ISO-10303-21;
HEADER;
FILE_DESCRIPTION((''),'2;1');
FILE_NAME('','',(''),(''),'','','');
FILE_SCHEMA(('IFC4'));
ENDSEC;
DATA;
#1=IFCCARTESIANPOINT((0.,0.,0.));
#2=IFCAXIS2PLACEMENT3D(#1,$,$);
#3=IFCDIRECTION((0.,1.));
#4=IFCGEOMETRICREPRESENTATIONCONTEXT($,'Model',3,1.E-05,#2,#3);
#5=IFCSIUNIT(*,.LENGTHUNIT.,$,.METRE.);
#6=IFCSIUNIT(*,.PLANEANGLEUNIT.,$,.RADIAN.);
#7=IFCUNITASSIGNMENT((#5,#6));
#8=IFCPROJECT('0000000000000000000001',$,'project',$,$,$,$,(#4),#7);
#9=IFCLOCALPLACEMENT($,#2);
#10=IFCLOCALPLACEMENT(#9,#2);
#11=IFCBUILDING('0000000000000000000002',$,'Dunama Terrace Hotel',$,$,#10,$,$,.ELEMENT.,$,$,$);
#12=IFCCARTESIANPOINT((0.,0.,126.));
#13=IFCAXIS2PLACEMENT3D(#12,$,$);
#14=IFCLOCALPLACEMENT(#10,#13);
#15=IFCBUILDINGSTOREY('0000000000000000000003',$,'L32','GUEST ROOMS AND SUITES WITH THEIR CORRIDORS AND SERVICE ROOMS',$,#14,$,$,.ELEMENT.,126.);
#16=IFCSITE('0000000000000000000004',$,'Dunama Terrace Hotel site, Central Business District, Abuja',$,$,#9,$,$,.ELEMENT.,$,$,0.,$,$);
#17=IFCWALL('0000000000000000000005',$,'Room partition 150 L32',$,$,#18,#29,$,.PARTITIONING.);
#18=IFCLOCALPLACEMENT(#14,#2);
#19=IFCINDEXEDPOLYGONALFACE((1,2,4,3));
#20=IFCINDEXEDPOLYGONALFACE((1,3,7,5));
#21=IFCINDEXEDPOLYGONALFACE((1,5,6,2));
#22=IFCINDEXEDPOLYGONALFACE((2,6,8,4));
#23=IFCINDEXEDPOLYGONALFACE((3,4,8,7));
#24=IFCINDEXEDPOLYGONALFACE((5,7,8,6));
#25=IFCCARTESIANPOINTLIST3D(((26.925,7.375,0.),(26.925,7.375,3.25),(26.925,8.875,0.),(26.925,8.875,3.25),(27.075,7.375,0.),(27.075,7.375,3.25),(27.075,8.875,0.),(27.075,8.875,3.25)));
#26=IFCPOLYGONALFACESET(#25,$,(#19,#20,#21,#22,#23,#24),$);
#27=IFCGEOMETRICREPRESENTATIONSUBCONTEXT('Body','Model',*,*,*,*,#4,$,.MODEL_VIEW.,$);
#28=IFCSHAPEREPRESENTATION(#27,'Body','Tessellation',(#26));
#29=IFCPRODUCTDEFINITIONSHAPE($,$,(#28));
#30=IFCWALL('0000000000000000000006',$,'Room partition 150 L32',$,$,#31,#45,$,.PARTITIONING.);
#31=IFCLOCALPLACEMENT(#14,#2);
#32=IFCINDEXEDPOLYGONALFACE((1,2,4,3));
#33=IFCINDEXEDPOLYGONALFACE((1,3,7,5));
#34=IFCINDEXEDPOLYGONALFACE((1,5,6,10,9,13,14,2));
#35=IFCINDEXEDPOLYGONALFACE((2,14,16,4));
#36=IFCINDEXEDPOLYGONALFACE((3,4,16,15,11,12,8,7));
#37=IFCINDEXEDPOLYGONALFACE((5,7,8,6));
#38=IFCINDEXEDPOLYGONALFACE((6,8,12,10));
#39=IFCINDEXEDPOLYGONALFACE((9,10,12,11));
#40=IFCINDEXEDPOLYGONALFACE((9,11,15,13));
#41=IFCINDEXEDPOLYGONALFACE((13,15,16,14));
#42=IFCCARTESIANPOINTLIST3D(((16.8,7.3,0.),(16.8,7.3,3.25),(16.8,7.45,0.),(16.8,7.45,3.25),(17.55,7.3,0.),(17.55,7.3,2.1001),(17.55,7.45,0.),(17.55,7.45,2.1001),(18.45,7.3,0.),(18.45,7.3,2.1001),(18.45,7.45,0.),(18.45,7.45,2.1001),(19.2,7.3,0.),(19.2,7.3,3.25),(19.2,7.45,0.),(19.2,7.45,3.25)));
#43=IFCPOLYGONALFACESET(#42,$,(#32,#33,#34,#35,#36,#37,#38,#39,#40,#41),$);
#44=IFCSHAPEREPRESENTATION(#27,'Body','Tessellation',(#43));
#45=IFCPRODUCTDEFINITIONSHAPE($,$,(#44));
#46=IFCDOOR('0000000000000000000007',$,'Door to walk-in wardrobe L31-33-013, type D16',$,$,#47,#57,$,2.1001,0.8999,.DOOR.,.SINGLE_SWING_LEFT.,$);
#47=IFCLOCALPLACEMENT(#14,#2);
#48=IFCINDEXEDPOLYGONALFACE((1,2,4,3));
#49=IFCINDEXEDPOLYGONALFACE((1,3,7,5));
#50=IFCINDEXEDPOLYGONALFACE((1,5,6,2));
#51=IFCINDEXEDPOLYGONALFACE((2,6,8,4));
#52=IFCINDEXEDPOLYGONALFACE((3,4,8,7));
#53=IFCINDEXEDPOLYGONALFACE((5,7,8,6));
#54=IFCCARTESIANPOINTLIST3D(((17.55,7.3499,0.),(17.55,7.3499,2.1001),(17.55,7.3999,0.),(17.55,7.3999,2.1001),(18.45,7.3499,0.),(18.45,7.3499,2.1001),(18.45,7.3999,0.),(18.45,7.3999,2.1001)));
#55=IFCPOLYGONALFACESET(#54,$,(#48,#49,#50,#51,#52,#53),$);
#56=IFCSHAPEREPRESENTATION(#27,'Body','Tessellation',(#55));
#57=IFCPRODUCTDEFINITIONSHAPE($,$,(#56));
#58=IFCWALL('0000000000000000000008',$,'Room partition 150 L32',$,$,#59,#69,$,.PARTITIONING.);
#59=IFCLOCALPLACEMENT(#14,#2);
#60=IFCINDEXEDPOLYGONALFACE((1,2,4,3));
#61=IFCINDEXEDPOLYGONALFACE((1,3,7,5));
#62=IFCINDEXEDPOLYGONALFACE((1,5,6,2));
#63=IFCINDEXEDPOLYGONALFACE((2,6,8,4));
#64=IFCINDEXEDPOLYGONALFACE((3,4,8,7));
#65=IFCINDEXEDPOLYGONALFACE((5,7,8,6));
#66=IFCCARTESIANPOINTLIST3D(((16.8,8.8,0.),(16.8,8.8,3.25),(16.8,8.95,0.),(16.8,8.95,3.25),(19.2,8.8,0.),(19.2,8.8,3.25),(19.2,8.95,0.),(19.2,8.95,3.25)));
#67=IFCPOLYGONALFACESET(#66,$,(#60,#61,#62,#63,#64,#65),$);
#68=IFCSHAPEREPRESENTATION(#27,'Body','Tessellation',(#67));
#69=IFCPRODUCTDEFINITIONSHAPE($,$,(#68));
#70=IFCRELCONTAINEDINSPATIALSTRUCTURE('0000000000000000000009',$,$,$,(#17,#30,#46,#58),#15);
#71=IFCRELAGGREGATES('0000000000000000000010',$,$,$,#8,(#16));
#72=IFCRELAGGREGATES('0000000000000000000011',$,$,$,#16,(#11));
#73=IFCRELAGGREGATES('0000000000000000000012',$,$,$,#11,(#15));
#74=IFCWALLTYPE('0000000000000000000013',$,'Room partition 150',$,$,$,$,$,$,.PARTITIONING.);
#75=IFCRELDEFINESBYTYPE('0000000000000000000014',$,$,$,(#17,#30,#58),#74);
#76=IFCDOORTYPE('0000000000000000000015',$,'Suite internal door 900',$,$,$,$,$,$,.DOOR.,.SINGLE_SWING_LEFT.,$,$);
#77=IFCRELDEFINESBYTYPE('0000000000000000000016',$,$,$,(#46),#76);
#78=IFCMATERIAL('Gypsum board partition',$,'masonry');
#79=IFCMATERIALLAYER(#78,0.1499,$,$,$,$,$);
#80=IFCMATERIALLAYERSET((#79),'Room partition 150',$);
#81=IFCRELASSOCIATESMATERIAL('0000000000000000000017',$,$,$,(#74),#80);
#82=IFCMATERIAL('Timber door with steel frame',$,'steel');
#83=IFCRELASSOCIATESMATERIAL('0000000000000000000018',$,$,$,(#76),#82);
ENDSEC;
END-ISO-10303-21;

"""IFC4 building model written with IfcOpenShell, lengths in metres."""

from ifc_helpers import new_model, si_unit, direction, frame, frame_2d, origin, place, context, subcontext, project, spatial, rectangle, extrude, material, layer, layer_set, type_object, element, fill, save


model = new_model("IFC4")

# Units and contexts
model_context = context("Model", 3, precision=1e-05, world=origin(), true_north=direction((0.0, 1.0)))
body_context = subcontext(model_context, "Body", "Model", "MODEL_VIEW")
ifc_project = project(units=[si_unit("LENGTHUNIT", "METRE"), si_unit("PLANEANGLEUNIT", "RADIAN")], contexts=[model_context])

# Site, building, storey
site_placement = place(None, origin())
site = spatial("IfcSite", under=ifc_project, at=site_placement, Name="Dunama Terrace Hotel site, Central Business District, Abuja", CompositionType="ELEMENT", RefElevation=0.0)
building_placement = place(site_placement, origin())
building = spatial("IfcBuilding", under=site, at=building_placement, Name="Dunama Terrace Hotel", CompositionType="ELEMENT")
storey_placement = place(building_placement, frame((0.0, 0.0, 126.0)))
storey = spatial("IfcBuildingStorey", under=building, at=storey_placement, Name="L32", Description="GUEST ROOMS AND SUITES WITH THEIR CORRIDORS AND SERVICE ROOMS", CompositionType="ELEMENT", Elevation=126.0)

# Wall
ifc_material_1 = material(Name="Gypsum board partition", Category="masonry")
ifc_layer_1 = layer(ifc_material_1, 0.1499)
ifc_layer_set_1 = layer_set([ifc_layer_1], Name="Room partition 150")
wall_type_1 = type_object("IfcWallType", Name="Room partition 150", PredefinedType="PARTITIONING", material=ifc_layer_set_1)
for number, where, z_axis, x_axis, name in (
    (1, (27.0, 7.375, 0.0), (0.0, 0.0, 1.0), (0.0, 1.0, 0.0), "Room partition 150 L32"),
):
    element("IfcWall", number, at=place(storey_placement, frame(where, z_axis=z_axis, x_axis=x_axis)), inside=storey, type_object=wall_type_1, Name=name, PredefinedType="PARTITIONING", context=body_context, shape_type="SweptSolid", body=[
        extrude(rectangle(XDim=1.5, YDim=0.1499, at=frame_2d((0.75, 0.0))), origin(), (0.0, 0.0, 1.0), 3.25),
    ])

# Wall, opening, door
wall_1_placement = place(storey_placement, frame((16.8, 7.375, 0.0), z_axis=(0.0, 0.0, 1.0), x_axis=(1.0, 0.0, 0.0)))
wall_1 = element("IfcWall", 2, at=wall_1_placement, inside=storey, type_object=wall_type_1, Name="Room partition 150 L32", PredefinedType="PARTITIONING", context=body_context, shape_type="SweptSolid", body=[
    extrude(rectangle(XDim=2.3999, YDim=0.1499, at=frame_2d((1.2, 0.0))), origin(), (0.0, 0.0, 1.0), 3.25),
])
opening_1_placement = place(wall_1_placement, frame((0.75, 0.0, 0.0)))
opening_1 = element("IfcOpeningElement", 3, at=opening_1_placement, cuts=wall_1, PredefinedType="OPENING", context=body_context, shape_type="SweptSolid", body=[
    extrude(rectangle(XDim=0.8999, YDim=2.1001, at=frame_2d((0.45, 1.05))), frame((0.0, 0.085, 0.0), z_axis=(0.0, -1.0, 0.0), x_axis=(1.0, 0.0, 0.0)), (0.0, 0.0, 1.0), 0.1699),
])
ifc_material_2 = material(Name="Timber door with steel frame", Category="steel")
door_type_1 = type_object("IfcDoorType", Name="Suite internal door 900", OperationType="SINGLE_SWING_LEFT", PredefinedType="DOOR", material=ifc_material_2)
door_1_placement = place(opening_1_placement, origin())
door_1 = element("IfcDoor", 4, at=door_1_placement, inside=storey, type_object=door_type_1, Name="Door to walk-in wardrobe L31-33-013, type D16", OperationType="SINGLE_SWING_LEFT", OverallHeight=2.1001, OverallWidth=0.8999, PredefinedType="DOOR", context=body_context, shape_type="SweptSolid", body=[
    extrude(rectangle(XDim=0.8999, YDim=2.1001, at=frame_2d((0.45, 1.05))), frame((0.0, 0.0249, 0.0), z_axis=(0.0, -1.0, 0.0), x_axis=(1.0, 0.0, 0.0)), (0.0, 0.0, 1.0), 0.05),
])
fill(opening_1, door_1)

# Wall
wall_2_placement = place(storey_placement, frame((16.8, 8.875, 0.0), z_axis=(0.0, 0.0, 1.0), x_axis=(1.0, 0.0, 0.0)))
element("IfcWall", 5, at=wall_2_placement, inside=storey, type_object=wall_type_1, Name="Room partition 150 L32", PredefinedType="PARTITIONING", context=body_context, shape_type="SweptSolid", body=[
    extrude(rectangle(XDim=2.3999, YDim=0.1499, at=frame_2d((1.2, 0.0))), origin(), (0.0, 0.0, 1.0), 3.25),
])

save(model, "model.ifc")
